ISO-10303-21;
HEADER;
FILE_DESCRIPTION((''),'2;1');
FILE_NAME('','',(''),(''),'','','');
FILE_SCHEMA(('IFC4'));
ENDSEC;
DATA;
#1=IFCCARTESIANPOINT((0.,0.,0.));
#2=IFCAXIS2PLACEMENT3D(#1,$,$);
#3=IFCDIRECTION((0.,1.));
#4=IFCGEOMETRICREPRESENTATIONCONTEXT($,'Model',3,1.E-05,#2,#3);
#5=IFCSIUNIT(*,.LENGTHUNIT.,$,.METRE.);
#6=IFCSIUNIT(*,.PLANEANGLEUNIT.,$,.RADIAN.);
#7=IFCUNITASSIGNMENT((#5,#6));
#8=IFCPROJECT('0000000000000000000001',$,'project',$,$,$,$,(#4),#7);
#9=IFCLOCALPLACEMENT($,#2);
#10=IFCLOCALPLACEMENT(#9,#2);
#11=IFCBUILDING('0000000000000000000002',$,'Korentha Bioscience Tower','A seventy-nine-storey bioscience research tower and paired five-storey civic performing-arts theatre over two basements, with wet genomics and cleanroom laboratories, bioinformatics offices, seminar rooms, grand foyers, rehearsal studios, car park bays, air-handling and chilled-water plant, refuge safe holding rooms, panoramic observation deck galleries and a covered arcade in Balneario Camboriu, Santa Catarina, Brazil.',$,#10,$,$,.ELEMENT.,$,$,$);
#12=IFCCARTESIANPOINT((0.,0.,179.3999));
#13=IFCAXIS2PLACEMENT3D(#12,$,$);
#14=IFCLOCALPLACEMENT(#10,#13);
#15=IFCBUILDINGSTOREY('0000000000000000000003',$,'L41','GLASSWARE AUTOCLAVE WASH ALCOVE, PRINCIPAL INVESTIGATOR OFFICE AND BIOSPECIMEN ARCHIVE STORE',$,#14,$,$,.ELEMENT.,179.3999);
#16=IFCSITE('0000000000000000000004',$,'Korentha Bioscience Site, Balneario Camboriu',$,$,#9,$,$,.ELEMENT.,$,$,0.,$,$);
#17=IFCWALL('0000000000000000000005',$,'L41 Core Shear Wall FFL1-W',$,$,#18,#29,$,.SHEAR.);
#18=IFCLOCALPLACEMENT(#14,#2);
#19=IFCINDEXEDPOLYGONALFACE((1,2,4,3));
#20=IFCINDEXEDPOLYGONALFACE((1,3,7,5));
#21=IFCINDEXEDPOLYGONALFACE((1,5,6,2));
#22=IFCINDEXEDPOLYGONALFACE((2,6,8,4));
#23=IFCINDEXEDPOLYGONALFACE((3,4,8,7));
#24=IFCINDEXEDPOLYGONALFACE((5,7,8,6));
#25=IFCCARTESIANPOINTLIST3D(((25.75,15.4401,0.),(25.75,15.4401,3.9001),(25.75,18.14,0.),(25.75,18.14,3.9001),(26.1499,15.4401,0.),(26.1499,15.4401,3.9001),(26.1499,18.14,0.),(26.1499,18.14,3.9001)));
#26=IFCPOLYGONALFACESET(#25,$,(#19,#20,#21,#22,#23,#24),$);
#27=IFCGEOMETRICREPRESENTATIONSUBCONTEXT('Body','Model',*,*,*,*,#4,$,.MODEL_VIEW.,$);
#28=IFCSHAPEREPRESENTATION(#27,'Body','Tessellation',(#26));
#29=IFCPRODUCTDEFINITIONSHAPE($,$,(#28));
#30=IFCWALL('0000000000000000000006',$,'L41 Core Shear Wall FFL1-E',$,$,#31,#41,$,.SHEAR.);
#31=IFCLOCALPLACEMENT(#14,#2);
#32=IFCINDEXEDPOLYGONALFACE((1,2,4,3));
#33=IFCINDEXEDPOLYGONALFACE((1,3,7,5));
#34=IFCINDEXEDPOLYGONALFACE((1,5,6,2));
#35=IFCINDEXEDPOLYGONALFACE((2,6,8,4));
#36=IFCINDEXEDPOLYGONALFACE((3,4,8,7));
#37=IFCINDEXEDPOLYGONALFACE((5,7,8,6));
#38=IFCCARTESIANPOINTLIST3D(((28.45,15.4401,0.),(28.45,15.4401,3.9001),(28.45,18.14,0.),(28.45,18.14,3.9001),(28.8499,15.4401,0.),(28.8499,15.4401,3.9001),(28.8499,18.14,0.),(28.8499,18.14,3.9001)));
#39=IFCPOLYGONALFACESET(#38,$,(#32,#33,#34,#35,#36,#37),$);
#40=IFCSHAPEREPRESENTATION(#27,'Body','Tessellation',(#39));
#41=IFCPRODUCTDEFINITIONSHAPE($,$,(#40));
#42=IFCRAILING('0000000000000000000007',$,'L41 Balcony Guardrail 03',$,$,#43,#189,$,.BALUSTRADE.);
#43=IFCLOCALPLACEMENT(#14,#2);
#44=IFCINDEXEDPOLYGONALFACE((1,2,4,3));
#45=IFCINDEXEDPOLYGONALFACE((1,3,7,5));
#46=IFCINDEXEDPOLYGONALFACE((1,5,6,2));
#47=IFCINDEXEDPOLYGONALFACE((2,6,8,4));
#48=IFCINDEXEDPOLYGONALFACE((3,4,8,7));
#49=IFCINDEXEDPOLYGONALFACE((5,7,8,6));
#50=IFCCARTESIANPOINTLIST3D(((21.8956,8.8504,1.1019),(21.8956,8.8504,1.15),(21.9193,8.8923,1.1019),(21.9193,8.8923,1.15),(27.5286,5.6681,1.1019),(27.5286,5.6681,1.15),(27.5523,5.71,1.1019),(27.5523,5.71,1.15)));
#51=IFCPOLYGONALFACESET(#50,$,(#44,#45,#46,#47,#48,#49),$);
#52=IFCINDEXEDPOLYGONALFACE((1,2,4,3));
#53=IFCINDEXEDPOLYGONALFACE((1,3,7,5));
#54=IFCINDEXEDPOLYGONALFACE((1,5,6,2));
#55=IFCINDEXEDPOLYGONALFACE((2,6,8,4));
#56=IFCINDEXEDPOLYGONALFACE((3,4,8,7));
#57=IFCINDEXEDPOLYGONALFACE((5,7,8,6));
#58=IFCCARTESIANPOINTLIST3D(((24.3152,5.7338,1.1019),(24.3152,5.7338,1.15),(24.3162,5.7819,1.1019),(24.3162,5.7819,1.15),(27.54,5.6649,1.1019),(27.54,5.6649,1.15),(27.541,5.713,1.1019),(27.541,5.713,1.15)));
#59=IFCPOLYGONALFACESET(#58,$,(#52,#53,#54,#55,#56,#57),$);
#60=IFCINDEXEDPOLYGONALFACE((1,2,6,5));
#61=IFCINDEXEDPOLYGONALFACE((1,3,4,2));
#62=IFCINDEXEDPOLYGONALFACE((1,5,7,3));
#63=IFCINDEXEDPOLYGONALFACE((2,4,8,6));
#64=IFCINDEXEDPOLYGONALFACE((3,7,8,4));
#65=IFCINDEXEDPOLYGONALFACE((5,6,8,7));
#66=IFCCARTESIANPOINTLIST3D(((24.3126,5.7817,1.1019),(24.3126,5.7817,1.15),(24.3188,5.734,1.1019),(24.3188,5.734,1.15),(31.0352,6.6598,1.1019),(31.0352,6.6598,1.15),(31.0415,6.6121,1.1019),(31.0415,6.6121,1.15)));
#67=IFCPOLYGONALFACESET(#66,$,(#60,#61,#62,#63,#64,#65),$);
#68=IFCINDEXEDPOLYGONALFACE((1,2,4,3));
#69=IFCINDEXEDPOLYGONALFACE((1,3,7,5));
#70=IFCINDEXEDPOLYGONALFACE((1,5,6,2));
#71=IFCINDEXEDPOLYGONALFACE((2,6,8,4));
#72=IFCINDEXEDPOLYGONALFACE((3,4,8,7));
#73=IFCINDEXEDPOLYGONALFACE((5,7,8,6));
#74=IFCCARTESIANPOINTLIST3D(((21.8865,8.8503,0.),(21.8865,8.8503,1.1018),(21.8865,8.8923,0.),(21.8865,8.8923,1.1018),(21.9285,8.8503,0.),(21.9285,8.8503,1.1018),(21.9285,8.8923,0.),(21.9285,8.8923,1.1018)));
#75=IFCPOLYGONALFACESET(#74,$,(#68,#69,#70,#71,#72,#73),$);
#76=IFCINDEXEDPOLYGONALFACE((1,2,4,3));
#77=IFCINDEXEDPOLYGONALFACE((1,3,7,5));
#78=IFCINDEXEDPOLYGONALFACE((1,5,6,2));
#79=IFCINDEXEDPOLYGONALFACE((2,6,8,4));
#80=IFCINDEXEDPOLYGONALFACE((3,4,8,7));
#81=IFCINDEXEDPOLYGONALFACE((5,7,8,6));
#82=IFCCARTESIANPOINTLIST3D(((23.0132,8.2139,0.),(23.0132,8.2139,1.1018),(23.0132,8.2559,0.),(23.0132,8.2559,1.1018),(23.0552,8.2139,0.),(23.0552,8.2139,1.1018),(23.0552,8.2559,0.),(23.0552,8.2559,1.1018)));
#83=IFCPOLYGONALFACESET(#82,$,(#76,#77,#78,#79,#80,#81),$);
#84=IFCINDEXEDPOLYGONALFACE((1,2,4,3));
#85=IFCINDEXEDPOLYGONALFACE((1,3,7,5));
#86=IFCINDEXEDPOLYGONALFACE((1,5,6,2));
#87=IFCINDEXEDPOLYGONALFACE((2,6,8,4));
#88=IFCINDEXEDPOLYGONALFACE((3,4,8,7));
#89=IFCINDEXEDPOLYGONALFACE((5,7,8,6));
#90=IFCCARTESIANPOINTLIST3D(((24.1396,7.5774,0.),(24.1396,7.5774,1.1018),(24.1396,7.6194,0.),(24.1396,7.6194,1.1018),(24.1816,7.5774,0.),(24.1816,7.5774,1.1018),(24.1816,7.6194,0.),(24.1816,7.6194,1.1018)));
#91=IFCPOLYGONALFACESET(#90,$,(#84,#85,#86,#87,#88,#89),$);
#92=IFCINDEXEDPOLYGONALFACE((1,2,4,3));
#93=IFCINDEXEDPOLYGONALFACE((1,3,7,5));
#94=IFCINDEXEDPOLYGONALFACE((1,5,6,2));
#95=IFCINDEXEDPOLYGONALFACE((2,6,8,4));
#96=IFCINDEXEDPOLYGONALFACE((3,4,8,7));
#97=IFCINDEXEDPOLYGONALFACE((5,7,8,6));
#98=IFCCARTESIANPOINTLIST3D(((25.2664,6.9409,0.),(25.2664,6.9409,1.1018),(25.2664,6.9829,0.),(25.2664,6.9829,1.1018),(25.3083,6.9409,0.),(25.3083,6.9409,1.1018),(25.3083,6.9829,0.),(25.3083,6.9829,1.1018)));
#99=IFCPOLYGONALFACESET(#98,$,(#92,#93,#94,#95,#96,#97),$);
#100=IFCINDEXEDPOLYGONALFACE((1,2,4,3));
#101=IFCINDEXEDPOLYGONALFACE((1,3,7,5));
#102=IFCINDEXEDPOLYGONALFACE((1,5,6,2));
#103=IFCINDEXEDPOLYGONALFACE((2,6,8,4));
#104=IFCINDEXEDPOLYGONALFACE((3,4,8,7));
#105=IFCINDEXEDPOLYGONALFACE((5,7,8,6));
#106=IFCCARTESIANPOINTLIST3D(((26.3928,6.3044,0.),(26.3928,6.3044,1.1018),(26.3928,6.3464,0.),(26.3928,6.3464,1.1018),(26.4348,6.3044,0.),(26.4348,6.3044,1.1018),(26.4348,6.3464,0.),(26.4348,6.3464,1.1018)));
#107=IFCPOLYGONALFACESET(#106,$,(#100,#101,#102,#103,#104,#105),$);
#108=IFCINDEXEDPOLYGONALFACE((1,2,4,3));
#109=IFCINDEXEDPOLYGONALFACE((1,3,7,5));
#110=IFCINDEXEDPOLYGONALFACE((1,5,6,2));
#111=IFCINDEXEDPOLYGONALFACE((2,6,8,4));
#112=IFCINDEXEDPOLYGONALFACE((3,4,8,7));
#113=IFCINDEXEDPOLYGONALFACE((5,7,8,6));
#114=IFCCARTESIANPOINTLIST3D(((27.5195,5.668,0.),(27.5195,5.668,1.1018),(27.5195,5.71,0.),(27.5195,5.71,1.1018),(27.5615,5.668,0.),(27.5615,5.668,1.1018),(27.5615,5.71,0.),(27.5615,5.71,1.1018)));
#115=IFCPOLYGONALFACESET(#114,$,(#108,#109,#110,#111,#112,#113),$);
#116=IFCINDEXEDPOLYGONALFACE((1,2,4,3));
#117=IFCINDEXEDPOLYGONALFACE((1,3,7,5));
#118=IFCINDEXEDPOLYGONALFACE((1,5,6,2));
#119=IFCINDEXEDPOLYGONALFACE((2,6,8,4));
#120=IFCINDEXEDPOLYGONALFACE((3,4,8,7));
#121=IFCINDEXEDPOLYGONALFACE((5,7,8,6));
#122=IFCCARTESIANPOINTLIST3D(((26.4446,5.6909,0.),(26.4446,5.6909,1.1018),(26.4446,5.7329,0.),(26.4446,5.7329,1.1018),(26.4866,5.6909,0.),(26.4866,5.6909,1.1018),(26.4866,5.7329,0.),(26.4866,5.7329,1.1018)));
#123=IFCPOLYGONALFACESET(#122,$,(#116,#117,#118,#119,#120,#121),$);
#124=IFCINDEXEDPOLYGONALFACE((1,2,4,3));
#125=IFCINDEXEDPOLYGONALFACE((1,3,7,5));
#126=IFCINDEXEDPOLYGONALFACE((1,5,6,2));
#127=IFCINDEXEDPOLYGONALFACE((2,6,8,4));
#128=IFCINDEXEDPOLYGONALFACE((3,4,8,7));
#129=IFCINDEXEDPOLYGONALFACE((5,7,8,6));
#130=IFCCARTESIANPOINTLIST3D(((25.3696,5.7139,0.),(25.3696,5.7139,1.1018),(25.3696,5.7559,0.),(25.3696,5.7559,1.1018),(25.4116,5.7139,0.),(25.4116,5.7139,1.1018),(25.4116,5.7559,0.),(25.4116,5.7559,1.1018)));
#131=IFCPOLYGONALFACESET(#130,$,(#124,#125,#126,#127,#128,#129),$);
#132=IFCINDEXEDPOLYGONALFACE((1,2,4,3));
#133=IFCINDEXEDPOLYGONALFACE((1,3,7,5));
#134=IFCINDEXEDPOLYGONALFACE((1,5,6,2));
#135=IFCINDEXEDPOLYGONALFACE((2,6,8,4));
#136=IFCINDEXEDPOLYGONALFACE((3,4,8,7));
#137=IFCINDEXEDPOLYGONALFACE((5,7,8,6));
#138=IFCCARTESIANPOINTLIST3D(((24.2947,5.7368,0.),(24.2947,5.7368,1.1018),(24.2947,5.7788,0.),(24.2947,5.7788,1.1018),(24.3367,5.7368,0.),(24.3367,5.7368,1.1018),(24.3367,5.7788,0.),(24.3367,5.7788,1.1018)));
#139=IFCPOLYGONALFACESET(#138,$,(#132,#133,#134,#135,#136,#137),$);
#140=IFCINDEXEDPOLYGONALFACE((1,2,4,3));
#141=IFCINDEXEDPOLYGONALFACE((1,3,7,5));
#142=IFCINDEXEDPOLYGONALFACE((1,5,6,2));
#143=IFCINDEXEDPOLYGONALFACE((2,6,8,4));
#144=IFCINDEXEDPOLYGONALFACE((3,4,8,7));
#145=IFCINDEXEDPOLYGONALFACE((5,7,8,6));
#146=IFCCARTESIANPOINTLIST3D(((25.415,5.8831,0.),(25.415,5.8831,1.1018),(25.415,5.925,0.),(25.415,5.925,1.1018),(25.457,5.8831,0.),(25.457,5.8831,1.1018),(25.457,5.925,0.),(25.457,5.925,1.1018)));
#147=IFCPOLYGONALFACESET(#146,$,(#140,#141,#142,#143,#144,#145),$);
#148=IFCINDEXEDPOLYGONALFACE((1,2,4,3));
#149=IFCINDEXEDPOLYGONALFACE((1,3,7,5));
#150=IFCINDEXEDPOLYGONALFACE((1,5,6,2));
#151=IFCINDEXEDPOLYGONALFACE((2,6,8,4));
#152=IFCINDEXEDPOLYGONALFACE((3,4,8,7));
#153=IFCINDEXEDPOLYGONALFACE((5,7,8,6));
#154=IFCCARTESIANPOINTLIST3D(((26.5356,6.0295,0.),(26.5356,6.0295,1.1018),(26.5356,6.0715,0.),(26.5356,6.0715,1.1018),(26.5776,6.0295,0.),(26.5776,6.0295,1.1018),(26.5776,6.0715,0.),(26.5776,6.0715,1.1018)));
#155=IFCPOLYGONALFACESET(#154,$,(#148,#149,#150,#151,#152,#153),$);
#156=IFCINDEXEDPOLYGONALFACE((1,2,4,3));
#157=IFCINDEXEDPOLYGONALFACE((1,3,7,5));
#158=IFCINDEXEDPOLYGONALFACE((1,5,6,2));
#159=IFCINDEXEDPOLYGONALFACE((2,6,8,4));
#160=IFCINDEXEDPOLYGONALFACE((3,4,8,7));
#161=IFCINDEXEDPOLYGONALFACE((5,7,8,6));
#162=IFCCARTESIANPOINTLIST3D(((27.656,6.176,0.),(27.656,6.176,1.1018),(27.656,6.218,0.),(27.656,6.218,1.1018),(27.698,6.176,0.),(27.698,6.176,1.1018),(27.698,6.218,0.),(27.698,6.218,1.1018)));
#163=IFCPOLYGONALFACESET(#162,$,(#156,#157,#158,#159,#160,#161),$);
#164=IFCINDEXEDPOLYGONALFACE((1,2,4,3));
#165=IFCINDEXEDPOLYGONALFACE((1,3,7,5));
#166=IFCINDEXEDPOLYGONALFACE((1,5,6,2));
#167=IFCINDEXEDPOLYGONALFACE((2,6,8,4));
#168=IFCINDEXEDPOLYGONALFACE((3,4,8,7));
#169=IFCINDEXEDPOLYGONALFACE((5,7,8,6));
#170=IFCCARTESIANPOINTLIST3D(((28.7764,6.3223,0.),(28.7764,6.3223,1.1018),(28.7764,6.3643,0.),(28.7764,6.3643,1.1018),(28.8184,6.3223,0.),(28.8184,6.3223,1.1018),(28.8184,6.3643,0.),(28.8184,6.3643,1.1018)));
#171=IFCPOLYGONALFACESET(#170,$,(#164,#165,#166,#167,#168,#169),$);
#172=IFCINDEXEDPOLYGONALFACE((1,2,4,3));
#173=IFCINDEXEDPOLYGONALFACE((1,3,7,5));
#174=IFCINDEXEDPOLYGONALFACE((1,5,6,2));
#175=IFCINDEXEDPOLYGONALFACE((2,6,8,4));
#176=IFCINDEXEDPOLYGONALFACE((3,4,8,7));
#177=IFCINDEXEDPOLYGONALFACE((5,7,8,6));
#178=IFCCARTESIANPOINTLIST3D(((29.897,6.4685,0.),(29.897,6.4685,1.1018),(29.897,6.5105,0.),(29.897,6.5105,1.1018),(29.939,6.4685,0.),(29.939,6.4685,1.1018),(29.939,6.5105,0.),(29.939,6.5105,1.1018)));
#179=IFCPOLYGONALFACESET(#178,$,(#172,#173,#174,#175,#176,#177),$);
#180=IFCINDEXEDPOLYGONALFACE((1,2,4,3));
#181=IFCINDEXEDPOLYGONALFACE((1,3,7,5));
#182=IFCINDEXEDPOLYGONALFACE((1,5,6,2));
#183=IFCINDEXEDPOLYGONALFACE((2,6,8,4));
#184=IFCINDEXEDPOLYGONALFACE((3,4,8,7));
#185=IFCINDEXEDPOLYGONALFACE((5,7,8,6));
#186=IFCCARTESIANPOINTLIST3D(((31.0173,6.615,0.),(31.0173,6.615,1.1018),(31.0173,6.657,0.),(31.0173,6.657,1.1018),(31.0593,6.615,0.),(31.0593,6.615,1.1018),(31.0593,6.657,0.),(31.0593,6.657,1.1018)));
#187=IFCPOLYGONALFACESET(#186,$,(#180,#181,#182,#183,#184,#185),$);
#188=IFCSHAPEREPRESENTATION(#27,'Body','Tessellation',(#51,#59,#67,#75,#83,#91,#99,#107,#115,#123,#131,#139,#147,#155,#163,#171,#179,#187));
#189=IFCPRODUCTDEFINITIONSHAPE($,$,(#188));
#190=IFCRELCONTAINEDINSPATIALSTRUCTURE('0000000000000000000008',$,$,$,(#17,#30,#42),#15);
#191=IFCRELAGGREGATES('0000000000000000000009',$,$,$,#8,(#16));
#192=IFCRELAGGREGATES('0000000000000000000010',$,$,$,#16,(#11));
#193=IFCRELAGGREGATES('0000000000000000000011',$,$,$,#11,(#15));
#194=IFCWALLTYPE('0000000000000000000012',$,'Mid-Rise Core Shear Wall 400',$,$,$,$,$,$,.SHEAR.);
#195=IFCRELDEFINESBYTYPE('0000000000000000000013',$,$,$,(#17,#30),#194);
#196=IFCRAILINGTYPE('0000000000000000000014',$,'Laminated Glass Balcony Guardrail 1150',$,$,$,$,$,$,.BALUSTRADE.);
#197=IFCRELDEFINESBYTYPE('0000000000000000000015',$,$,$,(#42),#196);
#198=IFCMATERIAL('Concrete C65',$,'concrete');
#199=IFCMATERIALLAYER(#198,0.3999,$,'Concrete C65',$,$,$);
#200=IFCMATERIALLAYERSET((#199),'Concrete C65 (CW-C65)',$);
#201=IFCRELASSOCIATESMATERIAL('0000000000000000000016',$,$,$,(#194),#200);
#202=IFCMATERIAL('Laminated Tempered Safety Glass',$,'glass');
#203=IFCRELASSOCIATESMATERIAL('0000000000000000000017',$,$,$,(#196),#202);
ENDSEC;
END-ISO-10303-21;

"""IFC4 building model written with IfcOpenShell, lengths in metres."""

from ifc_helpers import new_model, si_unit, direction, frame, frame_2d, origin, origin_2d, place, context, subcontext, project, spatial, rectangle, extrude, material, layer, layer_set, type_object, element, save


model = new_model("IFC4")

# Units and contexts
model_context = context("Model", 3, precision=1e-05, world=origin(), true_north=direction((0.0, 1.0)))
body_context = subcontext(model_context, "Body", "Model", "MODEL_VIEW")
ifc_project = project(units=[si_unit("LENGTHUNIT", "METRE"), si_unit("PLANEANGLEUNIT", "RADIAN")], contexts=[model_context])

# Site, building, storey
site_placement = place(None, origin())
site = spatial("IfcSite", under=ifc_project, at=site_placement, Name="Korentha Bioscience Site, Balneario Camboriu", CompositionType="ELEMENT", RefElevation=0.0)
building_placement = place(site_placement, origin())
building = spatial("IfcBuilding", under=site, at=building_placement, Name="Korentha Bioscience Tower", Description="A seventy-nine-storey bioscience research tower and paired five-storey civic performing-arts theatre over two basements, with wet genomics and cleanroom laboratories, bioinformatics offices, seminar rooms, grand foyers, rehearsal studios, car park bays, air-handling and chilled-water plant, refuge safe holding rooms, panoramic observation deck galleries and a covered arcade in Balneario Camboriu, Santa Catarina, Brazil.", CompositionType="ELEMENT")
storey_placement = place(building_placement, frame((0.0, 0.0, 179.3999)))
storey = spatial("IfcBuildingStorey", under=building, at=storey_placement, Name="L41", Description="GLASSWARE AUTOCLAVE WASH ALCOVE, PRINCIPAL INVESTIGATOR OFFICE AND BIOSPECIMEN ARCHIVE STORE", CompositionType="ELEMENT", Elevation=179.3999)

# Shared definitions
ifc_material_1 = material(Name="Concrete C65", Category="concrete")

# Walls
ifc_layer_1 = layer(ifc_material_1, 0.3999, Name="Concrete C65")
ifc_layer_set_1 = layer_set([ifc_layer_1], Name="Concrete C65 (CW-C65)")
wall_type_1 = type_object("IfcWallType", Name="Mid-Rise Core Shear Wall 400", PredefinedType="SHEAR", material=ifc_layer_set_1)
for number, where, z_axis, x_axis, name in (
    (1, (25.95, 15.4399, 0.0), (0.0, 0.0, 1.0), (0.0, 1.0, 0.0), "L41 Core Shear Wall FFL1-W"),
    (2, (28.6499, 15.4399, 0.0), (0.0, 0.0, 1.0), (0.0, 1.0, 0.0), "L41 Core Shear Wall FFL1-E"),
):
    element("IfcWall", number, at=place(storey_placement, frame(where, z_axis=z_axis, x_axis=x_axis)), inside=storey, type_object=wall_type_1, Name=name, PredefinedType="SHEAR", context=body_context, shape_type="SweptSolid", body=[
        extrude(rectangle(XDim=2.7, YDim=0.3999, at=frame_2d((1.3501, 0.0))), origin(), (0.0, 0.0, 1.0), 3.9001),
    ])

# Railing
ifc_material_2 = material(Name="Laminated Tempered Safety Glass", Category="glass")
railing_type = type_object("IfcRailingType", Name="Laminated Glass Balcony Guardrail 1150", PredefinedType="BALUSTRADE", material=ifc_material_2)
railing_placement = place(storey_placement, frame((21.9075, 8.8713, 0.0)))
element("IfcRailing", 3, at=railing_placement, inside=storey, type_object=railing_type, Name="L41 Balcony Guardrail 03", PredefinedType="BALUSTRADE", context=body_context, shape_type="SweptSolid", body=[
    extrude(rectangle(XDim=0.0481, YDim=0.0481, at=origin_2d()), frame((0.0, 0.0, 1.126), z_axis=(0.870664, -0.491878, 0.0), x_axis=(0.491878, 0.870664, 0.0)), (0.0, 0.0, 1.0), 6.4697),
    extrude(rectangle(XDim=0.0481, YDim=0.0481, at=origin_2d()), frame((5.6331, -3.1824, 1.126), z_axis=(-0.999772, 0.021344, 0.0), x_axis=(-0.021344, -0.999772, 0.0)), (0.0, 0.0, 1.0), 3.2256),
    extrude(rectangle(XDim=0.0481, YDim=0.0481, at=origin_2d()), frame((2.4082, -3.1135, 1.126), z_axis=(0.991576, 0.129529, 0.0), x_axis=(-0.129529, 0.991576, 0.0)), (0.0, 0.0, 1.0), 6.7798),
    extrude(rectangle(XDim=0.042, YDim=0.042, at=origin_2d()), origin(), (0.0, 0.0, 1.0), 1.1018),
    extrude(rectangle(XDim=0.042, YDim=0.042, at=origin_2d()), frame((1.1267, -0.6365, 0.0)), (0.0, 0.0, 1.0), 1.1018),
    extrude(rectangle(XDim=0.042, YDim=0.042, at=origin_2d()), frame((2.2532, -1.2729, 0.0)), (0.0, 0.0, 1.0), 1.1018),
    extrude(rectangle(XDim=0.042, YDim=0.042, at=origin_2d()), frame((3.3799, -1.9094, 0.0)), (0.0, 0.0, 1.0), 1.1018),
    extrude(rectangle(XDim=0.042, YDim=0.042, at=origin_2d()), frame((4.5063, -2.5459, 0.0)), (0.0, 0.0, 1.0), 1.1018),
    extrude(rectangle(XDim=0.042, YDim=0.042, at=origin_2d()), frame((5.6331, -3.1824, 0.0)), (0.0, 0.0, 1.0), 1.1018),
    extrude(rectangle(XDim=0.042, YDim=0.042, at=origin_2d()), frame((4.5581, -3.1594, 0.0)), (0.0, 0.0, 1.0), 1.1018),
    extrude(rectangle(XDim=0.042, YDim=0.042, at=origin_2d()), frame((3.4832, -3.1365, 0.0)), (0.0, 0.0, 1.0), 1.1018),
    extrude(rectangle(XDim=0.042, YDim=0.042, at=origin_2d()), frame((2.4082, -3.1135, 0.0)), (0.0, 0.0, 1.0), 1.1018),
    extrude(rectangle(XDim=0.042, YDim=0.042, at=origin_2d()), frame((3.5286, -2.9673, 0.0)), (0.0, 0.0, 1.0), 1.1018),
    extrude(rectangle(XDim=0.042, YDim=0.042, at=origin_2d()), frame((4.6492, -2.8208, 0.0)), (0.0, 0.0, 1.0), 1.1018),
    extrude(rectangle(XDim=0.042, YDim=0.042, at=origin_2d()), frame((5.7695, -2.6743, 0.0)), (0.0, 0.0, 1.0), 1.1018),
    extrude(rectangle(XDim=0.042, YDim=0.042, at=origin_2d()), frame((6.8899, -2.5281, 0.0)), (0.0, 0.0, 1.0), 1.1018),
    extrude(rectangle(XDim=0.042, YDim=0.042, at=origin_2d()), frame((8.0105, -2.3818, 0.0)), (0.0, 0.0, 1.0), 1.1018),
    extrude(rectangle(XDim=0.042, YDim=0.042, at=origin_2d()), frame((9.1309, -2.2354, 0.0)), (0.0, 0.0, 1.0), 1.1018),
])

save(model, "model.ifc")
